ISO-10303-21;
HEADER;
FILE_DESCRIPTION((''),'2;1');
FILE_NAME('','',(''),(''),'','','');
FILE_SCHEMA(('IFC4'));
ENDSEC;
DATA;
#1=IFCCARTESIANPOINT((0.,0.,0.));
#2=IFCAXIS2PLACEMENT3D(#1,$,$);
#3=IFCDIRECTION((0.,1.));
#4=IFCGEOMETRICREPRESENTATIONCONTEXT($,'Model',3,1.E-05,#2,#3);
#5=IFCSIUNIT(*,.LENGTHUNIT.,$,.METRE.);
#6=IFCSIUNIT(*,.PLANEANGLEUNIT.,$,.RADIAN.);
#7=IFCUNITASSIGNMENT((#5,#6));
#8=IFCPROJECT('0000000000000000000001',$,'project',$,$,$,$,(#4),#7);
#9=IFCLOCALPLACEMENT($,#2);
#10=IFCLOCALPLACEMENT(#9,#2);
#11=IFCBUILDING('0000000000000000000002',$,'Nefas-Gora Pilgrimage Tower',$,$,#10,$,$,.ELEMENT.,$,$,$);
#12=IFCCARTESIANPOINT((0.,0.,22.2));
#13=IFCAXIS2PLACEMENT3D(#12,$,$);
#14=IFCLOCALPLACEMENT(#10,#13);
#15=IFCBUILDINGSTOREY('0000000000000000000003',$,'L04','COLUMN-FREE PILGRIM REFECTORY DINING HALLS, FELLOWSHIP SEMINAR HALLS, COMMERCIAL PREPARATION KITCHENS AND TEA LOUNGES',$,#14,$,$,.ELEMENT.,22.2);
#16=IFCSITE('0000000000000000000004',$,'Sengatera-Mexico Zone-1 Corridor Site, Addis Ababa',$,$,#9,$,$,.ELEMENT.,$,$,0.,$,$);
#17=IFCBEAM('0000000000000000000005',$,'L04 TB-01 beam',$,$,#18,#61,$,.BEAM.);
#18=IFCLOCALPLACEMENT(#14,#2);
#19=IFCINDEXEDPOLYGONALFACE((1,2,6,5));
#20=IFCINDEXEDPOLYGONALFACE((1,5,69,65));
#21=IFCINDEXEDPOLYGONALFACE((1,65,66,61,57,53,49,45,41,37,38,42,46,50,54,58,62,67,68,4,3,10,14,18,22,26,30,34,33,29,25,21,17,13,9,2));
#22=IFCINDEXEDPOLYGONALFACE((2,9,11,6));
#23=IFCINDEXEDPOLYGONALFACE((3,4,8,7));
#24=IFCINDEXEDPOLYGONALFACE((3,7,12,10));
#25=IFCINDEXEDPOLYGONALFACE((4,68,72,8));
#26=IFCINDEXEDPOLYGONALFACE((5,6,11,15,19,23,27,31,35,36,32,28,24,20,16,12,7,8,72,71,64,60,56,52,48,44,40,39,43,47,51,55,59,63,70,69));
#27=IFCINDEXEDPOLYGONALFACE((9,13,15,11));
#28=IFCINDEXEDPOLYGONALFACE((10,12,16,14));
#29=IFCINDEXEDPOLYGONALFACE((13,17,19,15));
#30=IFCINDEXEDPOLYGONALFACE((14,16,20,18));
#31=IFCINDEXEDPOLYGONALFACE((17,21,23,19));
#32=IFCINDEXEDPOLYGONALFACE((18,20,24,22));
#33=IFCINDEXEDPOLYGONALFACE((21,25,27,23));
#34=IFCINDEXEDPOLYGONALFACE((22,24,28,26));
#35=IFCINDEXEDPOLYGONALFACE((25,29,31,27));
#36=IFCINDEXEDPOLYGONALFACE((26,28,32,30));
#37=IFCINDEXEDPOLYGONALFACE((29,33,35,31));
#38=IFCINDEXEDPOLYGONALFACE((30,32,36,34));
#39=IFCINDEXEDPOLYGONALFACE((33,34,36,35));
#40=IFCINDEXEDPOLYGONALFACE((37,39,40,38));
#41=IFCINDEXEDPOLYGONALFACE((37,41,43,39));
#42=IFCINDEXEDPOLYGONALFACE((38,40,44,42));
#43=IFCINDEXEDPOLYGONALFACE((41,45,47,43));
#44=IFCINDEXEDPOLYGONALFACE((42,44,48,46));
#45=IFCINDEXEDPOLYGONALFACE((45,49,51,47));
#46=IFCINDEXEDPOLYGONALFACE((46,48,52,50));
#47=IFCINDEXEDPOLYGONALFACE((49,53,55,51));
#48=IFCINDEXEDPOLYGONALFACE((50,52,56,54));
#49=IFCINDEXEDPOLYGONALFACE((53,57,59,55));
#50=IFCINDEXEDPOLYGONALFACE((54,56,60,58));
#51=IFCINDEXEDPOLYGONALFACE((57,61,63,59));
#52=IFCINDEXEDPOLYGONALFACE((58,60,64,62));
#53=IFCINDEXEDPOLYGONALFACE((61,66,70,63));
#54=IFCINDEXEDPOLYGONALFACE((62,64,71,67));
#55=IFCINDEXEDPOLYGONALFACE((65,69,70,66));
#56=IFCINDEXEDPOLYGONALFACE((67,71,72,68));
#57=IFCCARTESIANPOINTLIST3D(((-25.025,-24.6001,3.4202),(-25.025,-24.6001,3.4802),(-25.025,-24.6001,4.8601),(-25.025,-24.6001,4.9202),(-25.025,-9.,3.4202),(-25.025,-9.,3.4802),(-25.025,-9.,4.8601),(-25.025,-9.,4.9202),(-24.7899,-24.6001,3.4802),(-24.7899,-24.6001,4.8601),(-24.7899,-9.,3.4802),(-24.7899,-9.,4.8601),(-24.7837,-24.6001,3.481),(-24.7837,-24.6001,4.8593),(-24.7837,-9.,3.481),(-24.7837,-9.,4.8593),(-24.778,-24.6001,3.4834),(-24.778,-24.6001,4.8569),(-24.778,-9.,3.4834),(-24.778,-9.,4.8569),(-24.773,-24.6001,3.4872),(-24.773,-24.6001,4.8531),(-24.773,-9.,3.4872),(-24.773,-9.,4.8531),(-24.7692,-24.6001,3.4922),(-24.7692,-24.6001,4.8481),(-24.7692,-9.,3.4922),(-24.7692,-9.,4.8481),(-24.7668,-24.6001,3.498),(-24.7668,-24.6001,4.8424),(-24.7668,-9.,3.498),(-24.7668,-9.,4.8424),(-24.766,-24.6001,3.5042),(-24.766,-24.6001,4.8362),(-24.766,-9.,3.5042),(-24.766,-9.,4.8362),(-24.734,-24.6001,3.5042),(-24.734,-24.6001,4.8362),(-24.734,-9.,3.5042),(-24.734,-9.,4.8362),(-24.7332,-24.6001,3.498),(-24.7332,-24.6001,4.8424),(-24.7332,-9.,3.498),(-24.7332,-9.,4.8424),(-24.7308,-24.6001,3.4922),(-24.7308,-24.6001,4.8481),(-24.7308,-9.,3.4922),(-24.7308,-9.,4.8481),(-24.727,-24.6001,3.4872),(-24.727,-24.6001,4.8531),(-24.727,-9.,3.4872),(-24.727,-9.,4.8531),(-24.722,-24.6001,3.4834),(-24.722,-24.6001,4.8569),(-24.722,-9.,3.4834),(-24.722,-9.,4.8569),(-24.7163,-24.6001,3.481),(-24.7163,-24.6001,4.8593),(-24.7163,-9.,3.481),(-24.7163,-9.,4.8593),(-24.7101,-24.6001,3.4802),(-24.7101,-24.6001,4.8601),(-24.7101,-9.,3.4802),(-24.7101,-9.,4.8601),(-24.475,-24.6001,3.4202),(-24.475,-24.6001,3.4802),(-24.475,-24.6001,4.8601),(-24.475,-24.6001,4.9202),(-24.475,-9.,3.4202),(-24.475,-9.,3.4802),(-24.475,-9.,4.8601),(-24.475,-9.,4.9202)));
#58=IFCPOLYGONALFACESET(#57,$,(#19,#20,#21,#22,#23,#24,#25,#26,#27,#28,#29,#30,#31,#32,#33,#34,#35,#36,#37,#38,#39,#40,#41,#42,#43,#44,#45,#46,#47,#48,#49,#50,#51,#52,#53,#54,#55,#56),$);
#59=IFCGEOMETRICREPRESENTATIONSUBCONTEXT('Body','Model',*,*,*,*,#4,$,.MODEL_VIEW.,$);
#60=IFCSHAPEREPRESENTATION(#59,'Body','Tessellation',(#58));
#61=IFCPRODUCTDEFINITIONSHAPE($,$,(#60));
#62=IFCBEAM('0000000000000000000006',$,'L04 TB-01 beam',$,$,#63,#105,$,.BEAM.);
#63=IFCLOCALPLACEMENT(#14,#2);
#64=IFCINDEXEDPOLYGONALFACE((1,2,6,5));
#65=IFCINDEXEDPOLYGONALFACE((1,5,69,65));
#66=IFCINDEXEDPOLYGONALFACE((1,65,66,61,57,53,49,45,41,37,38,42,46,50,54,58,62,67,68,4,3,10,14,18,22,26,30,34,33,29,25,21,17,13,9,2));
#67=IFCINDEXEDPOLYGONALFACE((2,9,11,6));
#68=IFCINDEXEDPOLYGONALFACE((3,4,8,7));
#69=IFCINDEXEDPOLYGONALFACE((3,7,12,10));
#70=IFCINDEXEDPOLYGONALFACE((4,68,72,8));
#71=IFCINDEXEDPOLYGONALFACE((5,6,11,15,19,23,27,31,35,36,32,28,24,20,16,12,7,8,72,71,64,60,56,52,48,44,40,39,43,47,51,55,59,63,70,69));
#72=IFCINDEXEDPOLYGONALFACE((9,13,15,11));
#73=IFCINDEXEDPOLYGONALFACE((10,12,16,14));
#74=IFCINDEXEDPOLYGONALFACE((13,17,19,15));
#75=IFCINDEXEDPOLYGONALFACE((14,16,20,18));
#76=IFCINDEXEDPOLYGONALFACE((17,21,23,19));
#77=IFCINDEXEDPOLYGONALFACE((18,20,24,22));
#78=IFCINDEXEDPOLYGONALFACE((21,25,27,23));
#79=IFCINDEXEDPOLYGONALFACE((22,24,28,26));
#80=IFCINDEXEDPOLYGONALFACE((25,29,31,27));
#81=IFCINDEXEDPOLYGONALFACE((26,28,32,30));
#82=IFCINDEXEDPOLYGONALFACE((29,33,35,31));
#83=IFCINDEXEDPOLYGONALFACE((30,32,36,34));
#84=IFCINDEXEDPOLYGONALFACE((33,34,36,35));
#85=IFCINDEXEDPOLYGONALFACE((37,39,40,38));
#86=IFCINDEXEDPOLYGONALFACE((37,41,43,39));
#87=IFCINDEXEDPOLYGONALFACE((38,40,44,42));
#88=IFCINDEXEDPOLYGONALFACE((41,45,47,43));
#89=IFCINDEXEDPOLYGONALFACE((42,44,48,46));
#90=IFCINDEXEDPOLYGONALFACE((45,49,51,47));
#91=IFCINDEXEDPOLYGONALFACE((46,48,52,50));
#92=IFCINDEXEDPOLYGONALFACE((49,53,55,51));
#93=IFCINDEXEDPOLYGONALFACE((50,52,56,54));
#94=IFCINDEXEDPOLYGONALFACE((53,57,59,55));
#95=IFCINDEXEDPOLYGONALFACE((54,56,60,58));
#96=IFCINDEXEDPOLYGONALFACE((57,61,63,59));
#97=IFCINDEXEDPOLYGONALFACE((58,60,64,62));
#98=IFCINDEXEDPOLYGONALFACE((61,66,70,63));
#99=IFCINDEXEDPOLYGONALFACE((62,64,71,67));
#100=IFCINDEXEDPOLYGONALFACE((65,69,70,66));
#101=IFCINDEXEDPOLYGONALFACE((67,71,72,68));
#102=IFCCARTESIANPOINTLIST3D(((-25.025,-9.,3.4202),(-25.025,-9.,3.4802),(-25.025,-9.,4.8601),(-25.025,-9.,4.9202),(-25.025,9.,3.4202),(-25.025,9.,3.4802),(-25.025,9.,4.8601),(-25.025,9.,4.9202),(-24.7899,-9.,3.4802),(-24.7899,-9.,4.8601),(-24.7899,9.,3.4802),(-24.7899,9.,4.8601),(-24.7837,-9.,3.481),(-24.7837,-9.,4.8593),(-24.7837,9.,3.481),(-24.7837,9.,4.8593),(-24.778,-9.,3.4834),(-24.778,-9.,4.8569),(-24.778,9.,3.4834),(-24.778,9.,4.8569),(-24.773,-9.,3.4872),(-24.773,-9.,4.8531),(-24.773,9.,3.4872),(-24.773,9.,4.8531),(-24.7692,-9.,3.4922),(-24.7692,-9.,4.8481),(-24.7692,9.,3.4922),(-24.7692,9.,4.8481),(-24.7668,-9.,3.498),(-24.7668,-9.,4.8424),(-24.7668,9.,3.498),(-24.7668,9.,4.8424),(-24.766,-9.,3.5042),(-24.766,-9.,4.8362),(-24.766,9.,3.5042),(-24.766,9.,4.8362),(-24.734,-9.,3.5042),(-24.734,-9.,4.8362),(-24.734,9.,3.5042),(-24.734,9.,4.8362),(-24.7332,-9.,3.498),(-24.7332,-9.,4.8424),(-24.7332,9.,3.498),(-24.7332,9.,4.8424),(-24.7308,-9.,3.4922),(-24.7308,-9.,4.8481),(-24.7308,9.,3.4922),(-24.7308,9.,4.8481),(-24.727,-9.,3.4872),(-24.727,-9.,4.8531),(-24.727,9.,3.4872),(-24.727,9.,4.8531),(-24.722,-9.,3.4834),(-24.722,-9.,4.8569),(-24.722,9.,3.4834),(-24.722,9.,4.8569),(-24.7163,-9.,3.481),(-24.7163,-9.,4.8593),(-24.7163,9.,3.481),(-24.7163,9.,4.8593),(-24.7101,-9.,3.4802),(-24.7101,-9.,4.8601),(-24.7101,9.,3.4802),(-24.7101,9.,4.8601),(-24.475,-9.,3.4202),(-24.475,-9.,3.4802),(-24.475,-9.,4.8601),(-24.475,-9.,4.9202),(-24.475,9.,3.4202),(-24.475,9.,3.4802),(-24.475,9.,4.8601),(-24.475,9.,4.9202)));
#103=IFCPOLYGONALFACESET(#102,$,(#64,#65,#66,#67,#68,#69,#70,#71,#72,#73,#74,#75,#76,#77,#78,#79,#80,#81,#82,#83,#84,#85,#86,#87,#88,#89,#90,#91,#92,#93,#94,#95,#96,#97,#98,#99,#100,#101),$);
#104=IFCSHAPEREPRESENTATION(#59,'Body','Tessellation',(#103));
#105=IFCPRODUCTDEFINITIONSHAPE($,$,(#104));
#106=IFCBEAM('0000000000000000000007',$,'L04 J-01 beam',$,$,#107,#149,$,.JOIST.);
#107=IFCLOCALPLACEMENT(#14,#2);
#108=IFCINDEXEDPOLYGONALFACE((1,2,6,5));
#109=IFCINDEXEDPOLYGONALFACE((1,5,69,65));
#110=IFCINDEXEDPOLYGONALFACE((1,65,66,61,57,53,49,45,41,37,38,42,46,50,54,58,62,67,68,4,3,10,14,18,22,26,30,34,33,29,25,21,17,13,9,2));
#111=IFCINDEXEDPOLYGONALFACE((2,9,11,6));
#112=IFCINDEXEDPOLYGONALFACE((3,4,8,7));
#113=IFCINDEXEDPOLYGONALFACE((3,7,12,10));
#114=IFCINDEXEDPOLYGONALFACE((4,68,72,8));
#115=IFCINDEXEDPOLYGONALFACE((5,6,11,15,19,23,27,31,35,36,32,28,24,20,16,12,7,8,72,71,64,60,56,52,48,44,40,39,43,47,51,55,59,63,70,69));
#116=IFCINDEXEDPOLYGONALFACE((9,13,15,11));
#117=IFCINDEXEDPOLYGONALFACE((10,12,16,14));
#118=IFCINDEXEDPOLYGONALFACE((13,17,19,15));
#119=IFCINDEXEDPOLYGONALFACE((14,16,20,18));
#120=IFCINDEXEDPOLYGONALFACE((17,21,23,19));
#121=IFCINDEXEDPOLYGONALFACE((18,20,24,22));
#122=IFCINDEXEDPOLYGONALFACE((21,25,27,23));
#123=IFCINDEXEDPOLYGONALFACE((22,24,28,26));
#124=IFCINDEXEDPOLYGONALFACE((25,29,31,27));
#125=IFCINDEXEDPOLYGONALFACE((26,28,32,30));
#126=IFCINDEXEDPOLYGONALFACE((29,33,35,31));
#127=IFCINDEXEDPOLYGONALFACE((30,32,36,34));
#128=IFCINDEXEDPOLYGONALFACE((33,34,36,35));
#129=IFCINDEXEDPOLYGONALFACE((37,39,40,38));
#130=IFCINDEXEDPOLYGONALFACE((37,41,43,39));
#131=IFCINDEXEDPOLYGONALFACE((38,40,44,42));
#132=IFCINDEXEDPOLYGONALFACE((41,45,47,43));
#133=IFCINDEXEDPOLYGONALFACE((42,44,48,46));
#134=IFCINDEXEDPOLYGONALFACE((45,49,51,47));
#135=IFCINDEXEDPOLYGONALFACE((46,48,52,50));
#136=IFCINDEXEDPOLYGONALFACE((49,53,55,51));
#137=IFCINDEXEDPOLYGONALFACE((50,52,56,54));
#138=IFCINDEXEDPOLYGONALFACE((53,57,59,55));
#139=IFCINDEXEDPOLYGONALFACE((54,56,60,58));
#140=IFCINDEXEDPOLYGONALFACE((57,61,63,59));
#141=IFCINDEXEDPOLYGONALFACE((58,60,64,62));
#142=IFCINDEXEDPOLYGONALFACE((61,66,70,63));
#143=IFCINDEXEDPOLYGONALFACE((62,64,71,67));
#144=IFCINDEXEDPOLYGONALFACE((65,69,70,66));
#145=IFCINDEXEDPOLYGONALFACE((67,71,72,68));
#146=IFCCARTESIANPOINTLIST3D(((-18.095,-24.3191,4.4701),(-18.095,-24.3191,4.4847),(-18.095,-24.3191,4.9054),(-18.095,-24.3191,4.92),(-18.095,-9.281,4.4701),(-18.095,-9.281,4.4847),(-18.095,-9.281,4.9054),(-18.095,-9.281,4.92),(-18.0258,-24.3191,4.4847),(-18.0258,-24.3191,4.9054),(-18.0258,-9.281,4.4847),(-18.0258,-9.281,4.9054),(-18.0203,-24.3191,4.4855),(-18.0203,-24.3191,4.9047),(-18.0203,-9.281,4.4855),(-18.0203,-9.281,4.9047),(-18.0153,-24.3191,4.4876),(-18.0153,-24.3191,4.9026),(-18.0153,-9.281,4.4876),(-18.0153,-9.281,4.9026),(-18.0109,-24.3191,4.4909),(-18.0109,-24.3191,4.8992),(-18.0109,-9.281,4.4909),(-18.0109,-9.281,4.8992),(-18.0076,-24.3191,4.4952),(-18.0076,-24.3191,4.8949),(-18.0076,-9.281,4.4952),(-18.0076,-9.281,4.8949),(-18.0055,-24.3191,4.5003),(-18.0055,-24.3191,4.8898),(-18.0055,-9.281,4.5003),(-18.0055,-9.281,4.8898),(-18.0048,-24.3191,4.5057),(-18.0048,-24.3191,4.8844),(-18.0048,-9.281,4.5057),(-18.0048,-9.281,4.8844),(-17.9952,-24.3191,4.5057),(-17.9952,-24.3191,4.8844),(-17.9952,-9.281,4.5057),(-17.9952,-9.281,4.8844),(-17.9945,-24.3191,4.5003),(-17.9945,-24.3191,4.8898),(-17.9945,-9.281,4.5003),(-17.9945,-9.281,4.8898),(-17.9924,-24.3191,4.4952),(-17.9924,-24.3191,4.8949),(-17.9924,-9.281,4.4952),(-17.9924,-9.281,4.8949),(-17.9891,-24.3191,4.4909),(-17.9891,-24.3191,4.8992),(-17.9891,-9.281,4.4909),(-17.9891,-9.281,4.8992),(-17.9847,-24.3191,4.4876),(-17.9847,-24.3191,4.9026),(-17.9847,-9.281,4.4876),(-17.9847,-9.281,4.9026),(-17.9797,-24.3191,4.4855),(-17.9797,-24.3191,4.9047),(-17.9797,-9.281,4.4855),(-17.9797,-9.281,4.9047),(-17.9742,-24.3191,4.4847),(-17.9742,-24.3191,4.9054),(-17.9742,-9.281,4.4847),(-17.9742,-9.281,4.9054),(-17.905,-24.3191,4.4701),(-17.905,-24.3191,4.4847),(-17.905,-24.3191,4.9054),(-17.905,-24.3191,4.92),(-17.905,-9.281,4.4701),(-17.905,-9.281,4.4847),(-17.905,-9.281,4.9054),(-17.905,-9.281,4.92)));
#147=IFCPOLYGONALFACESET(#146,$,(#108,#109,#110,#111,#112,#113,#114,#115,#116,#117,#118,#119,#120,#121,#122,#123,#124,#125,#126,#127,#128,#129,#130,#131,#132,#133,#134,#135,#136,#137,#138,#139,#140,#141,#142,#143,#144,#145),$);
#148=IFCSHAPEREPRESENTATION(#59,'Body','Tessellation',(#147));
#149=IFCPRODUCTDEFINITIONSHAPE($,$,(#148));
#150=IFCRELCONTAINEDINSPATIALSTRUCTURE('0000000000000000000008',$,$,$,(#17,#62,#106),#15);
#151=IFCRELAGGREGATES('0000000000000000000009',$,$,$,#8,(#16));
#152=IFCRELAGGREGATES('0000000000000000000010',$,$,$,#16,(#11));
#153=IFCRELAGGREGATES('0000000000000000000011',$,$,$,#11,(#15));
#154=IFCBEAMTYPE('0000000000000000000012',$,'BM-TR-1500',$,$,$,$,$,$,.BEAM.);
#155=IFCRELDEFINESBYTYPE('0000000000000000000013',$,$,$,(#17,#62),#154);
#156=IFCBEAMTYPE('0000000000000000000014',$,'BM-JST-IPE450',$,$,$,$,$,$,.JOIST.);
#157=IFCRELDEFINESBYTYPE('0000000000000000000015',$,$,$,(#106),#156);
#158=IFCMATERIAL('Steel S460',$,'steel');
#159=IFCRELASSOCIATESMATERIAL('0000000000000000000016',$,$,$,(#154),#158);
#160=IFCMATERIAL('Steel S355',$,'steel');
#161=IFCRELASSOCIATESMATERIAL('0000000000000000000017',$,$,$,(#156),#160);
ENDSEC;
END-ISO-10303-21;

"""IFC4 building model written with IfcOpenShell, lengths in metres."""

from ifc_helpers import new_model, si_unit, direction, frame, origin, origin_2d, place, context, subcontext, project, spatial, i_section, extrude, source, transform, mapped, material, material_profile, profile_set, type_object, element, save


model = new_model("IFC4")

# Units and contexts
model_context = context("Model", 3, precision=1e-05, world=origin(), true_north=direction((0.0, 1.0)))
body_context = subcontext(model_context, "Body", "Model", "MODEL_VIEW")
ifc_project = project(units=[si_unit("LENGTHUNIT", "METRE"), si_unit("PLANEANGLEUNIT", "RADIAN")], contexts=[model_context])

# Site, building, storey
site_placement = place(None, origin())
site = spatial("IfcSite", under=ifc_project, at=site_placement, Name="Sengatera-Mexico Zone-1 Corridor Site, Addis Ababa", CompositionType="ELEMENT", RefElevation=0.0)
building_placement = place(site_placement, origin())
building = spatial("IfcBuilding", under=site, at=building_placement, Name="Nefas-Gora Pilgrimage Tower", CompositionType="ELEMENT")
storey_placement = place(building_placement, frame((0.0, 0.0, 22.2)))
storey = spatial("IfcBuildingStorey", under=building, at=storey_placement, Name="L04", Description="COLUMN-FREE PILGRIM REFECTORY DINING HALLS, FELLOWSHIP SEMINAR HALLS, COMMERCIAL PREPARATION KITCHENS AND TEA LOUNGES", CompositionType="ELEMENT", Elevation=22.2)

# Shared definitions
ifc_material_1 = material(Name="Steel S460", Category="steel")

# Beams
ifc_material_profile_1 = material_profile(ifc_material_1, i_section(OverallWidth=0.55, OverallDepth=1.5, WebThickness=0.032, FlangeThickness=0.0601, FilletRadius=0.0239, at=origin_2d()), Name="WPG 1500x550x32x60")
ifc_profile_set_1 = profile_set([ifc_material_profile_1], Name="Steel S460")
beam_type_1 = type_object("IfcBeamType", Name="BM-TR-1500", PredefinedType="BEAM", material=ifc_profile_set_1)
shared_shape_1 = source(origin(), body_context, "Body", "SweptSolid", [
    extrude(i_section(OverallWidth=0.55, OverallDepth=1.5, WebThickness=0.032, FlangeThickness=0.0601, FilletRadius=0.0239, at=origin_2d()), origin(), (0.0, 0.0, 1.0), 15.6001),
])
beam_1_placement = place(storey_placement, frame((-24.75, -24.6001, 4.1702), z_axis=(0.0, 1.0, 0.0), x_axis=(-1.0, 0.0, 0.0)))
element("IfcBeam", 1, at=beam_1_placement, inside=storey, type_object=beam_type_1, Name="L04 TB-01 beam", PredefinedType="BEAM", context=body_context, shape_type="MappedRepresentation", body=[
    mapped(shared_shape_1, transform((0.0, 0.0, 0.0), x_axis=(1.0, 0.0, 0.0), y_axis=(0.0, 1.0, 0.0), z_axis=(0.0, 0.0, 1.0), scale=1.0)),
])
shared_shape_2 = source(origin(), body_context, "Body", "SweptSolid", [
    extrude(i_section(OverallWidth=0.55, OverallDepth=1.5, WebThickness=0.032, FlangeThickness=0.0601, FilletRadius=0.0239, at=origin_2d()), origin(), (0.0, 0.0, 1.0), 18.0),
])
beam_2_placement = place(storey_placement, frame((-24.75, -9.0, 4.1702), z_axis=(0.0, 1.0, 0.0), x_axis=(-1.0, 0.0, 0.0)))
element("IfcBeam", 2, at=beam_2_placement, inside=storey, type_object=beam_type_1, Name="L04 TB-01 beam", PredefinedType="BEAM", context=body_context, shape_type="MappedRepresentation", body=[
    mapped(shared_shape_2, transform((0.0, 0.0, 0.0), x_axis=(1.0, 0.0, 0.0), y_axis=(0.0, 1.0, 0.0), z_axis=(0.0, 0.0, 1.0), scale=1.0)),
])
ifc_material_2 = material(Name="Steel S355", Category="steel")
ifc_material_profile_2 = material_profile(ifc_material_2, i_section(OverallWidth=0.1899, OverallDepth=0.45, WebThickness=0.0095, FlangeThickness=0.0146, FilletRadius=0.021, at=origin_2d()), Name="IPE 450")
ifc_profile_set_2 = profile_set([ifc_material_profile_2], Name="Steel S355")
beam_type_2 = type_object("IfcBeamType", Name="BM-JST-IPE450", PredefinedType="JOIST", material=ifc_profile_set_2)
shared_shape_3 = source(origin(), body_context, "Body", "SweptSolid", [
    extrude(i_section(OverallWidth=0.1899, OverallDepth=0.45, WebThickness=0.0095, FlangeThickness=0.0146, FilletRadius=0.021, at=origin_2d()), origin(), (0.0, 0.0, 1.0), 15.0381),
])
beam_3_placement = place(storey_placement, frame((-18.0, -24.3191, 4.6951), z_axis=(0.0, 1.0, 0.0), x_axis=(-1.0, 0.0, 0.0)))
element("IfcBeam", 3, at=beam_3_placement, inside=storey, type_object=beam_type_2, Name="L04 J-01 beam", PredefinedType="JOIST", context=body_context, shape_type="MappedRepresentation", body=[
    mapped(shared_shape_3, transform((0.0, 0.0, 0.0), x_axis=(1.0, 0.0, 0.0), y_axis=(0.0, 1.0, 0.0), z_axis=(0.0, 0.0, 1.0), scale=1.0)),
])

save(model, "model.ifc")
